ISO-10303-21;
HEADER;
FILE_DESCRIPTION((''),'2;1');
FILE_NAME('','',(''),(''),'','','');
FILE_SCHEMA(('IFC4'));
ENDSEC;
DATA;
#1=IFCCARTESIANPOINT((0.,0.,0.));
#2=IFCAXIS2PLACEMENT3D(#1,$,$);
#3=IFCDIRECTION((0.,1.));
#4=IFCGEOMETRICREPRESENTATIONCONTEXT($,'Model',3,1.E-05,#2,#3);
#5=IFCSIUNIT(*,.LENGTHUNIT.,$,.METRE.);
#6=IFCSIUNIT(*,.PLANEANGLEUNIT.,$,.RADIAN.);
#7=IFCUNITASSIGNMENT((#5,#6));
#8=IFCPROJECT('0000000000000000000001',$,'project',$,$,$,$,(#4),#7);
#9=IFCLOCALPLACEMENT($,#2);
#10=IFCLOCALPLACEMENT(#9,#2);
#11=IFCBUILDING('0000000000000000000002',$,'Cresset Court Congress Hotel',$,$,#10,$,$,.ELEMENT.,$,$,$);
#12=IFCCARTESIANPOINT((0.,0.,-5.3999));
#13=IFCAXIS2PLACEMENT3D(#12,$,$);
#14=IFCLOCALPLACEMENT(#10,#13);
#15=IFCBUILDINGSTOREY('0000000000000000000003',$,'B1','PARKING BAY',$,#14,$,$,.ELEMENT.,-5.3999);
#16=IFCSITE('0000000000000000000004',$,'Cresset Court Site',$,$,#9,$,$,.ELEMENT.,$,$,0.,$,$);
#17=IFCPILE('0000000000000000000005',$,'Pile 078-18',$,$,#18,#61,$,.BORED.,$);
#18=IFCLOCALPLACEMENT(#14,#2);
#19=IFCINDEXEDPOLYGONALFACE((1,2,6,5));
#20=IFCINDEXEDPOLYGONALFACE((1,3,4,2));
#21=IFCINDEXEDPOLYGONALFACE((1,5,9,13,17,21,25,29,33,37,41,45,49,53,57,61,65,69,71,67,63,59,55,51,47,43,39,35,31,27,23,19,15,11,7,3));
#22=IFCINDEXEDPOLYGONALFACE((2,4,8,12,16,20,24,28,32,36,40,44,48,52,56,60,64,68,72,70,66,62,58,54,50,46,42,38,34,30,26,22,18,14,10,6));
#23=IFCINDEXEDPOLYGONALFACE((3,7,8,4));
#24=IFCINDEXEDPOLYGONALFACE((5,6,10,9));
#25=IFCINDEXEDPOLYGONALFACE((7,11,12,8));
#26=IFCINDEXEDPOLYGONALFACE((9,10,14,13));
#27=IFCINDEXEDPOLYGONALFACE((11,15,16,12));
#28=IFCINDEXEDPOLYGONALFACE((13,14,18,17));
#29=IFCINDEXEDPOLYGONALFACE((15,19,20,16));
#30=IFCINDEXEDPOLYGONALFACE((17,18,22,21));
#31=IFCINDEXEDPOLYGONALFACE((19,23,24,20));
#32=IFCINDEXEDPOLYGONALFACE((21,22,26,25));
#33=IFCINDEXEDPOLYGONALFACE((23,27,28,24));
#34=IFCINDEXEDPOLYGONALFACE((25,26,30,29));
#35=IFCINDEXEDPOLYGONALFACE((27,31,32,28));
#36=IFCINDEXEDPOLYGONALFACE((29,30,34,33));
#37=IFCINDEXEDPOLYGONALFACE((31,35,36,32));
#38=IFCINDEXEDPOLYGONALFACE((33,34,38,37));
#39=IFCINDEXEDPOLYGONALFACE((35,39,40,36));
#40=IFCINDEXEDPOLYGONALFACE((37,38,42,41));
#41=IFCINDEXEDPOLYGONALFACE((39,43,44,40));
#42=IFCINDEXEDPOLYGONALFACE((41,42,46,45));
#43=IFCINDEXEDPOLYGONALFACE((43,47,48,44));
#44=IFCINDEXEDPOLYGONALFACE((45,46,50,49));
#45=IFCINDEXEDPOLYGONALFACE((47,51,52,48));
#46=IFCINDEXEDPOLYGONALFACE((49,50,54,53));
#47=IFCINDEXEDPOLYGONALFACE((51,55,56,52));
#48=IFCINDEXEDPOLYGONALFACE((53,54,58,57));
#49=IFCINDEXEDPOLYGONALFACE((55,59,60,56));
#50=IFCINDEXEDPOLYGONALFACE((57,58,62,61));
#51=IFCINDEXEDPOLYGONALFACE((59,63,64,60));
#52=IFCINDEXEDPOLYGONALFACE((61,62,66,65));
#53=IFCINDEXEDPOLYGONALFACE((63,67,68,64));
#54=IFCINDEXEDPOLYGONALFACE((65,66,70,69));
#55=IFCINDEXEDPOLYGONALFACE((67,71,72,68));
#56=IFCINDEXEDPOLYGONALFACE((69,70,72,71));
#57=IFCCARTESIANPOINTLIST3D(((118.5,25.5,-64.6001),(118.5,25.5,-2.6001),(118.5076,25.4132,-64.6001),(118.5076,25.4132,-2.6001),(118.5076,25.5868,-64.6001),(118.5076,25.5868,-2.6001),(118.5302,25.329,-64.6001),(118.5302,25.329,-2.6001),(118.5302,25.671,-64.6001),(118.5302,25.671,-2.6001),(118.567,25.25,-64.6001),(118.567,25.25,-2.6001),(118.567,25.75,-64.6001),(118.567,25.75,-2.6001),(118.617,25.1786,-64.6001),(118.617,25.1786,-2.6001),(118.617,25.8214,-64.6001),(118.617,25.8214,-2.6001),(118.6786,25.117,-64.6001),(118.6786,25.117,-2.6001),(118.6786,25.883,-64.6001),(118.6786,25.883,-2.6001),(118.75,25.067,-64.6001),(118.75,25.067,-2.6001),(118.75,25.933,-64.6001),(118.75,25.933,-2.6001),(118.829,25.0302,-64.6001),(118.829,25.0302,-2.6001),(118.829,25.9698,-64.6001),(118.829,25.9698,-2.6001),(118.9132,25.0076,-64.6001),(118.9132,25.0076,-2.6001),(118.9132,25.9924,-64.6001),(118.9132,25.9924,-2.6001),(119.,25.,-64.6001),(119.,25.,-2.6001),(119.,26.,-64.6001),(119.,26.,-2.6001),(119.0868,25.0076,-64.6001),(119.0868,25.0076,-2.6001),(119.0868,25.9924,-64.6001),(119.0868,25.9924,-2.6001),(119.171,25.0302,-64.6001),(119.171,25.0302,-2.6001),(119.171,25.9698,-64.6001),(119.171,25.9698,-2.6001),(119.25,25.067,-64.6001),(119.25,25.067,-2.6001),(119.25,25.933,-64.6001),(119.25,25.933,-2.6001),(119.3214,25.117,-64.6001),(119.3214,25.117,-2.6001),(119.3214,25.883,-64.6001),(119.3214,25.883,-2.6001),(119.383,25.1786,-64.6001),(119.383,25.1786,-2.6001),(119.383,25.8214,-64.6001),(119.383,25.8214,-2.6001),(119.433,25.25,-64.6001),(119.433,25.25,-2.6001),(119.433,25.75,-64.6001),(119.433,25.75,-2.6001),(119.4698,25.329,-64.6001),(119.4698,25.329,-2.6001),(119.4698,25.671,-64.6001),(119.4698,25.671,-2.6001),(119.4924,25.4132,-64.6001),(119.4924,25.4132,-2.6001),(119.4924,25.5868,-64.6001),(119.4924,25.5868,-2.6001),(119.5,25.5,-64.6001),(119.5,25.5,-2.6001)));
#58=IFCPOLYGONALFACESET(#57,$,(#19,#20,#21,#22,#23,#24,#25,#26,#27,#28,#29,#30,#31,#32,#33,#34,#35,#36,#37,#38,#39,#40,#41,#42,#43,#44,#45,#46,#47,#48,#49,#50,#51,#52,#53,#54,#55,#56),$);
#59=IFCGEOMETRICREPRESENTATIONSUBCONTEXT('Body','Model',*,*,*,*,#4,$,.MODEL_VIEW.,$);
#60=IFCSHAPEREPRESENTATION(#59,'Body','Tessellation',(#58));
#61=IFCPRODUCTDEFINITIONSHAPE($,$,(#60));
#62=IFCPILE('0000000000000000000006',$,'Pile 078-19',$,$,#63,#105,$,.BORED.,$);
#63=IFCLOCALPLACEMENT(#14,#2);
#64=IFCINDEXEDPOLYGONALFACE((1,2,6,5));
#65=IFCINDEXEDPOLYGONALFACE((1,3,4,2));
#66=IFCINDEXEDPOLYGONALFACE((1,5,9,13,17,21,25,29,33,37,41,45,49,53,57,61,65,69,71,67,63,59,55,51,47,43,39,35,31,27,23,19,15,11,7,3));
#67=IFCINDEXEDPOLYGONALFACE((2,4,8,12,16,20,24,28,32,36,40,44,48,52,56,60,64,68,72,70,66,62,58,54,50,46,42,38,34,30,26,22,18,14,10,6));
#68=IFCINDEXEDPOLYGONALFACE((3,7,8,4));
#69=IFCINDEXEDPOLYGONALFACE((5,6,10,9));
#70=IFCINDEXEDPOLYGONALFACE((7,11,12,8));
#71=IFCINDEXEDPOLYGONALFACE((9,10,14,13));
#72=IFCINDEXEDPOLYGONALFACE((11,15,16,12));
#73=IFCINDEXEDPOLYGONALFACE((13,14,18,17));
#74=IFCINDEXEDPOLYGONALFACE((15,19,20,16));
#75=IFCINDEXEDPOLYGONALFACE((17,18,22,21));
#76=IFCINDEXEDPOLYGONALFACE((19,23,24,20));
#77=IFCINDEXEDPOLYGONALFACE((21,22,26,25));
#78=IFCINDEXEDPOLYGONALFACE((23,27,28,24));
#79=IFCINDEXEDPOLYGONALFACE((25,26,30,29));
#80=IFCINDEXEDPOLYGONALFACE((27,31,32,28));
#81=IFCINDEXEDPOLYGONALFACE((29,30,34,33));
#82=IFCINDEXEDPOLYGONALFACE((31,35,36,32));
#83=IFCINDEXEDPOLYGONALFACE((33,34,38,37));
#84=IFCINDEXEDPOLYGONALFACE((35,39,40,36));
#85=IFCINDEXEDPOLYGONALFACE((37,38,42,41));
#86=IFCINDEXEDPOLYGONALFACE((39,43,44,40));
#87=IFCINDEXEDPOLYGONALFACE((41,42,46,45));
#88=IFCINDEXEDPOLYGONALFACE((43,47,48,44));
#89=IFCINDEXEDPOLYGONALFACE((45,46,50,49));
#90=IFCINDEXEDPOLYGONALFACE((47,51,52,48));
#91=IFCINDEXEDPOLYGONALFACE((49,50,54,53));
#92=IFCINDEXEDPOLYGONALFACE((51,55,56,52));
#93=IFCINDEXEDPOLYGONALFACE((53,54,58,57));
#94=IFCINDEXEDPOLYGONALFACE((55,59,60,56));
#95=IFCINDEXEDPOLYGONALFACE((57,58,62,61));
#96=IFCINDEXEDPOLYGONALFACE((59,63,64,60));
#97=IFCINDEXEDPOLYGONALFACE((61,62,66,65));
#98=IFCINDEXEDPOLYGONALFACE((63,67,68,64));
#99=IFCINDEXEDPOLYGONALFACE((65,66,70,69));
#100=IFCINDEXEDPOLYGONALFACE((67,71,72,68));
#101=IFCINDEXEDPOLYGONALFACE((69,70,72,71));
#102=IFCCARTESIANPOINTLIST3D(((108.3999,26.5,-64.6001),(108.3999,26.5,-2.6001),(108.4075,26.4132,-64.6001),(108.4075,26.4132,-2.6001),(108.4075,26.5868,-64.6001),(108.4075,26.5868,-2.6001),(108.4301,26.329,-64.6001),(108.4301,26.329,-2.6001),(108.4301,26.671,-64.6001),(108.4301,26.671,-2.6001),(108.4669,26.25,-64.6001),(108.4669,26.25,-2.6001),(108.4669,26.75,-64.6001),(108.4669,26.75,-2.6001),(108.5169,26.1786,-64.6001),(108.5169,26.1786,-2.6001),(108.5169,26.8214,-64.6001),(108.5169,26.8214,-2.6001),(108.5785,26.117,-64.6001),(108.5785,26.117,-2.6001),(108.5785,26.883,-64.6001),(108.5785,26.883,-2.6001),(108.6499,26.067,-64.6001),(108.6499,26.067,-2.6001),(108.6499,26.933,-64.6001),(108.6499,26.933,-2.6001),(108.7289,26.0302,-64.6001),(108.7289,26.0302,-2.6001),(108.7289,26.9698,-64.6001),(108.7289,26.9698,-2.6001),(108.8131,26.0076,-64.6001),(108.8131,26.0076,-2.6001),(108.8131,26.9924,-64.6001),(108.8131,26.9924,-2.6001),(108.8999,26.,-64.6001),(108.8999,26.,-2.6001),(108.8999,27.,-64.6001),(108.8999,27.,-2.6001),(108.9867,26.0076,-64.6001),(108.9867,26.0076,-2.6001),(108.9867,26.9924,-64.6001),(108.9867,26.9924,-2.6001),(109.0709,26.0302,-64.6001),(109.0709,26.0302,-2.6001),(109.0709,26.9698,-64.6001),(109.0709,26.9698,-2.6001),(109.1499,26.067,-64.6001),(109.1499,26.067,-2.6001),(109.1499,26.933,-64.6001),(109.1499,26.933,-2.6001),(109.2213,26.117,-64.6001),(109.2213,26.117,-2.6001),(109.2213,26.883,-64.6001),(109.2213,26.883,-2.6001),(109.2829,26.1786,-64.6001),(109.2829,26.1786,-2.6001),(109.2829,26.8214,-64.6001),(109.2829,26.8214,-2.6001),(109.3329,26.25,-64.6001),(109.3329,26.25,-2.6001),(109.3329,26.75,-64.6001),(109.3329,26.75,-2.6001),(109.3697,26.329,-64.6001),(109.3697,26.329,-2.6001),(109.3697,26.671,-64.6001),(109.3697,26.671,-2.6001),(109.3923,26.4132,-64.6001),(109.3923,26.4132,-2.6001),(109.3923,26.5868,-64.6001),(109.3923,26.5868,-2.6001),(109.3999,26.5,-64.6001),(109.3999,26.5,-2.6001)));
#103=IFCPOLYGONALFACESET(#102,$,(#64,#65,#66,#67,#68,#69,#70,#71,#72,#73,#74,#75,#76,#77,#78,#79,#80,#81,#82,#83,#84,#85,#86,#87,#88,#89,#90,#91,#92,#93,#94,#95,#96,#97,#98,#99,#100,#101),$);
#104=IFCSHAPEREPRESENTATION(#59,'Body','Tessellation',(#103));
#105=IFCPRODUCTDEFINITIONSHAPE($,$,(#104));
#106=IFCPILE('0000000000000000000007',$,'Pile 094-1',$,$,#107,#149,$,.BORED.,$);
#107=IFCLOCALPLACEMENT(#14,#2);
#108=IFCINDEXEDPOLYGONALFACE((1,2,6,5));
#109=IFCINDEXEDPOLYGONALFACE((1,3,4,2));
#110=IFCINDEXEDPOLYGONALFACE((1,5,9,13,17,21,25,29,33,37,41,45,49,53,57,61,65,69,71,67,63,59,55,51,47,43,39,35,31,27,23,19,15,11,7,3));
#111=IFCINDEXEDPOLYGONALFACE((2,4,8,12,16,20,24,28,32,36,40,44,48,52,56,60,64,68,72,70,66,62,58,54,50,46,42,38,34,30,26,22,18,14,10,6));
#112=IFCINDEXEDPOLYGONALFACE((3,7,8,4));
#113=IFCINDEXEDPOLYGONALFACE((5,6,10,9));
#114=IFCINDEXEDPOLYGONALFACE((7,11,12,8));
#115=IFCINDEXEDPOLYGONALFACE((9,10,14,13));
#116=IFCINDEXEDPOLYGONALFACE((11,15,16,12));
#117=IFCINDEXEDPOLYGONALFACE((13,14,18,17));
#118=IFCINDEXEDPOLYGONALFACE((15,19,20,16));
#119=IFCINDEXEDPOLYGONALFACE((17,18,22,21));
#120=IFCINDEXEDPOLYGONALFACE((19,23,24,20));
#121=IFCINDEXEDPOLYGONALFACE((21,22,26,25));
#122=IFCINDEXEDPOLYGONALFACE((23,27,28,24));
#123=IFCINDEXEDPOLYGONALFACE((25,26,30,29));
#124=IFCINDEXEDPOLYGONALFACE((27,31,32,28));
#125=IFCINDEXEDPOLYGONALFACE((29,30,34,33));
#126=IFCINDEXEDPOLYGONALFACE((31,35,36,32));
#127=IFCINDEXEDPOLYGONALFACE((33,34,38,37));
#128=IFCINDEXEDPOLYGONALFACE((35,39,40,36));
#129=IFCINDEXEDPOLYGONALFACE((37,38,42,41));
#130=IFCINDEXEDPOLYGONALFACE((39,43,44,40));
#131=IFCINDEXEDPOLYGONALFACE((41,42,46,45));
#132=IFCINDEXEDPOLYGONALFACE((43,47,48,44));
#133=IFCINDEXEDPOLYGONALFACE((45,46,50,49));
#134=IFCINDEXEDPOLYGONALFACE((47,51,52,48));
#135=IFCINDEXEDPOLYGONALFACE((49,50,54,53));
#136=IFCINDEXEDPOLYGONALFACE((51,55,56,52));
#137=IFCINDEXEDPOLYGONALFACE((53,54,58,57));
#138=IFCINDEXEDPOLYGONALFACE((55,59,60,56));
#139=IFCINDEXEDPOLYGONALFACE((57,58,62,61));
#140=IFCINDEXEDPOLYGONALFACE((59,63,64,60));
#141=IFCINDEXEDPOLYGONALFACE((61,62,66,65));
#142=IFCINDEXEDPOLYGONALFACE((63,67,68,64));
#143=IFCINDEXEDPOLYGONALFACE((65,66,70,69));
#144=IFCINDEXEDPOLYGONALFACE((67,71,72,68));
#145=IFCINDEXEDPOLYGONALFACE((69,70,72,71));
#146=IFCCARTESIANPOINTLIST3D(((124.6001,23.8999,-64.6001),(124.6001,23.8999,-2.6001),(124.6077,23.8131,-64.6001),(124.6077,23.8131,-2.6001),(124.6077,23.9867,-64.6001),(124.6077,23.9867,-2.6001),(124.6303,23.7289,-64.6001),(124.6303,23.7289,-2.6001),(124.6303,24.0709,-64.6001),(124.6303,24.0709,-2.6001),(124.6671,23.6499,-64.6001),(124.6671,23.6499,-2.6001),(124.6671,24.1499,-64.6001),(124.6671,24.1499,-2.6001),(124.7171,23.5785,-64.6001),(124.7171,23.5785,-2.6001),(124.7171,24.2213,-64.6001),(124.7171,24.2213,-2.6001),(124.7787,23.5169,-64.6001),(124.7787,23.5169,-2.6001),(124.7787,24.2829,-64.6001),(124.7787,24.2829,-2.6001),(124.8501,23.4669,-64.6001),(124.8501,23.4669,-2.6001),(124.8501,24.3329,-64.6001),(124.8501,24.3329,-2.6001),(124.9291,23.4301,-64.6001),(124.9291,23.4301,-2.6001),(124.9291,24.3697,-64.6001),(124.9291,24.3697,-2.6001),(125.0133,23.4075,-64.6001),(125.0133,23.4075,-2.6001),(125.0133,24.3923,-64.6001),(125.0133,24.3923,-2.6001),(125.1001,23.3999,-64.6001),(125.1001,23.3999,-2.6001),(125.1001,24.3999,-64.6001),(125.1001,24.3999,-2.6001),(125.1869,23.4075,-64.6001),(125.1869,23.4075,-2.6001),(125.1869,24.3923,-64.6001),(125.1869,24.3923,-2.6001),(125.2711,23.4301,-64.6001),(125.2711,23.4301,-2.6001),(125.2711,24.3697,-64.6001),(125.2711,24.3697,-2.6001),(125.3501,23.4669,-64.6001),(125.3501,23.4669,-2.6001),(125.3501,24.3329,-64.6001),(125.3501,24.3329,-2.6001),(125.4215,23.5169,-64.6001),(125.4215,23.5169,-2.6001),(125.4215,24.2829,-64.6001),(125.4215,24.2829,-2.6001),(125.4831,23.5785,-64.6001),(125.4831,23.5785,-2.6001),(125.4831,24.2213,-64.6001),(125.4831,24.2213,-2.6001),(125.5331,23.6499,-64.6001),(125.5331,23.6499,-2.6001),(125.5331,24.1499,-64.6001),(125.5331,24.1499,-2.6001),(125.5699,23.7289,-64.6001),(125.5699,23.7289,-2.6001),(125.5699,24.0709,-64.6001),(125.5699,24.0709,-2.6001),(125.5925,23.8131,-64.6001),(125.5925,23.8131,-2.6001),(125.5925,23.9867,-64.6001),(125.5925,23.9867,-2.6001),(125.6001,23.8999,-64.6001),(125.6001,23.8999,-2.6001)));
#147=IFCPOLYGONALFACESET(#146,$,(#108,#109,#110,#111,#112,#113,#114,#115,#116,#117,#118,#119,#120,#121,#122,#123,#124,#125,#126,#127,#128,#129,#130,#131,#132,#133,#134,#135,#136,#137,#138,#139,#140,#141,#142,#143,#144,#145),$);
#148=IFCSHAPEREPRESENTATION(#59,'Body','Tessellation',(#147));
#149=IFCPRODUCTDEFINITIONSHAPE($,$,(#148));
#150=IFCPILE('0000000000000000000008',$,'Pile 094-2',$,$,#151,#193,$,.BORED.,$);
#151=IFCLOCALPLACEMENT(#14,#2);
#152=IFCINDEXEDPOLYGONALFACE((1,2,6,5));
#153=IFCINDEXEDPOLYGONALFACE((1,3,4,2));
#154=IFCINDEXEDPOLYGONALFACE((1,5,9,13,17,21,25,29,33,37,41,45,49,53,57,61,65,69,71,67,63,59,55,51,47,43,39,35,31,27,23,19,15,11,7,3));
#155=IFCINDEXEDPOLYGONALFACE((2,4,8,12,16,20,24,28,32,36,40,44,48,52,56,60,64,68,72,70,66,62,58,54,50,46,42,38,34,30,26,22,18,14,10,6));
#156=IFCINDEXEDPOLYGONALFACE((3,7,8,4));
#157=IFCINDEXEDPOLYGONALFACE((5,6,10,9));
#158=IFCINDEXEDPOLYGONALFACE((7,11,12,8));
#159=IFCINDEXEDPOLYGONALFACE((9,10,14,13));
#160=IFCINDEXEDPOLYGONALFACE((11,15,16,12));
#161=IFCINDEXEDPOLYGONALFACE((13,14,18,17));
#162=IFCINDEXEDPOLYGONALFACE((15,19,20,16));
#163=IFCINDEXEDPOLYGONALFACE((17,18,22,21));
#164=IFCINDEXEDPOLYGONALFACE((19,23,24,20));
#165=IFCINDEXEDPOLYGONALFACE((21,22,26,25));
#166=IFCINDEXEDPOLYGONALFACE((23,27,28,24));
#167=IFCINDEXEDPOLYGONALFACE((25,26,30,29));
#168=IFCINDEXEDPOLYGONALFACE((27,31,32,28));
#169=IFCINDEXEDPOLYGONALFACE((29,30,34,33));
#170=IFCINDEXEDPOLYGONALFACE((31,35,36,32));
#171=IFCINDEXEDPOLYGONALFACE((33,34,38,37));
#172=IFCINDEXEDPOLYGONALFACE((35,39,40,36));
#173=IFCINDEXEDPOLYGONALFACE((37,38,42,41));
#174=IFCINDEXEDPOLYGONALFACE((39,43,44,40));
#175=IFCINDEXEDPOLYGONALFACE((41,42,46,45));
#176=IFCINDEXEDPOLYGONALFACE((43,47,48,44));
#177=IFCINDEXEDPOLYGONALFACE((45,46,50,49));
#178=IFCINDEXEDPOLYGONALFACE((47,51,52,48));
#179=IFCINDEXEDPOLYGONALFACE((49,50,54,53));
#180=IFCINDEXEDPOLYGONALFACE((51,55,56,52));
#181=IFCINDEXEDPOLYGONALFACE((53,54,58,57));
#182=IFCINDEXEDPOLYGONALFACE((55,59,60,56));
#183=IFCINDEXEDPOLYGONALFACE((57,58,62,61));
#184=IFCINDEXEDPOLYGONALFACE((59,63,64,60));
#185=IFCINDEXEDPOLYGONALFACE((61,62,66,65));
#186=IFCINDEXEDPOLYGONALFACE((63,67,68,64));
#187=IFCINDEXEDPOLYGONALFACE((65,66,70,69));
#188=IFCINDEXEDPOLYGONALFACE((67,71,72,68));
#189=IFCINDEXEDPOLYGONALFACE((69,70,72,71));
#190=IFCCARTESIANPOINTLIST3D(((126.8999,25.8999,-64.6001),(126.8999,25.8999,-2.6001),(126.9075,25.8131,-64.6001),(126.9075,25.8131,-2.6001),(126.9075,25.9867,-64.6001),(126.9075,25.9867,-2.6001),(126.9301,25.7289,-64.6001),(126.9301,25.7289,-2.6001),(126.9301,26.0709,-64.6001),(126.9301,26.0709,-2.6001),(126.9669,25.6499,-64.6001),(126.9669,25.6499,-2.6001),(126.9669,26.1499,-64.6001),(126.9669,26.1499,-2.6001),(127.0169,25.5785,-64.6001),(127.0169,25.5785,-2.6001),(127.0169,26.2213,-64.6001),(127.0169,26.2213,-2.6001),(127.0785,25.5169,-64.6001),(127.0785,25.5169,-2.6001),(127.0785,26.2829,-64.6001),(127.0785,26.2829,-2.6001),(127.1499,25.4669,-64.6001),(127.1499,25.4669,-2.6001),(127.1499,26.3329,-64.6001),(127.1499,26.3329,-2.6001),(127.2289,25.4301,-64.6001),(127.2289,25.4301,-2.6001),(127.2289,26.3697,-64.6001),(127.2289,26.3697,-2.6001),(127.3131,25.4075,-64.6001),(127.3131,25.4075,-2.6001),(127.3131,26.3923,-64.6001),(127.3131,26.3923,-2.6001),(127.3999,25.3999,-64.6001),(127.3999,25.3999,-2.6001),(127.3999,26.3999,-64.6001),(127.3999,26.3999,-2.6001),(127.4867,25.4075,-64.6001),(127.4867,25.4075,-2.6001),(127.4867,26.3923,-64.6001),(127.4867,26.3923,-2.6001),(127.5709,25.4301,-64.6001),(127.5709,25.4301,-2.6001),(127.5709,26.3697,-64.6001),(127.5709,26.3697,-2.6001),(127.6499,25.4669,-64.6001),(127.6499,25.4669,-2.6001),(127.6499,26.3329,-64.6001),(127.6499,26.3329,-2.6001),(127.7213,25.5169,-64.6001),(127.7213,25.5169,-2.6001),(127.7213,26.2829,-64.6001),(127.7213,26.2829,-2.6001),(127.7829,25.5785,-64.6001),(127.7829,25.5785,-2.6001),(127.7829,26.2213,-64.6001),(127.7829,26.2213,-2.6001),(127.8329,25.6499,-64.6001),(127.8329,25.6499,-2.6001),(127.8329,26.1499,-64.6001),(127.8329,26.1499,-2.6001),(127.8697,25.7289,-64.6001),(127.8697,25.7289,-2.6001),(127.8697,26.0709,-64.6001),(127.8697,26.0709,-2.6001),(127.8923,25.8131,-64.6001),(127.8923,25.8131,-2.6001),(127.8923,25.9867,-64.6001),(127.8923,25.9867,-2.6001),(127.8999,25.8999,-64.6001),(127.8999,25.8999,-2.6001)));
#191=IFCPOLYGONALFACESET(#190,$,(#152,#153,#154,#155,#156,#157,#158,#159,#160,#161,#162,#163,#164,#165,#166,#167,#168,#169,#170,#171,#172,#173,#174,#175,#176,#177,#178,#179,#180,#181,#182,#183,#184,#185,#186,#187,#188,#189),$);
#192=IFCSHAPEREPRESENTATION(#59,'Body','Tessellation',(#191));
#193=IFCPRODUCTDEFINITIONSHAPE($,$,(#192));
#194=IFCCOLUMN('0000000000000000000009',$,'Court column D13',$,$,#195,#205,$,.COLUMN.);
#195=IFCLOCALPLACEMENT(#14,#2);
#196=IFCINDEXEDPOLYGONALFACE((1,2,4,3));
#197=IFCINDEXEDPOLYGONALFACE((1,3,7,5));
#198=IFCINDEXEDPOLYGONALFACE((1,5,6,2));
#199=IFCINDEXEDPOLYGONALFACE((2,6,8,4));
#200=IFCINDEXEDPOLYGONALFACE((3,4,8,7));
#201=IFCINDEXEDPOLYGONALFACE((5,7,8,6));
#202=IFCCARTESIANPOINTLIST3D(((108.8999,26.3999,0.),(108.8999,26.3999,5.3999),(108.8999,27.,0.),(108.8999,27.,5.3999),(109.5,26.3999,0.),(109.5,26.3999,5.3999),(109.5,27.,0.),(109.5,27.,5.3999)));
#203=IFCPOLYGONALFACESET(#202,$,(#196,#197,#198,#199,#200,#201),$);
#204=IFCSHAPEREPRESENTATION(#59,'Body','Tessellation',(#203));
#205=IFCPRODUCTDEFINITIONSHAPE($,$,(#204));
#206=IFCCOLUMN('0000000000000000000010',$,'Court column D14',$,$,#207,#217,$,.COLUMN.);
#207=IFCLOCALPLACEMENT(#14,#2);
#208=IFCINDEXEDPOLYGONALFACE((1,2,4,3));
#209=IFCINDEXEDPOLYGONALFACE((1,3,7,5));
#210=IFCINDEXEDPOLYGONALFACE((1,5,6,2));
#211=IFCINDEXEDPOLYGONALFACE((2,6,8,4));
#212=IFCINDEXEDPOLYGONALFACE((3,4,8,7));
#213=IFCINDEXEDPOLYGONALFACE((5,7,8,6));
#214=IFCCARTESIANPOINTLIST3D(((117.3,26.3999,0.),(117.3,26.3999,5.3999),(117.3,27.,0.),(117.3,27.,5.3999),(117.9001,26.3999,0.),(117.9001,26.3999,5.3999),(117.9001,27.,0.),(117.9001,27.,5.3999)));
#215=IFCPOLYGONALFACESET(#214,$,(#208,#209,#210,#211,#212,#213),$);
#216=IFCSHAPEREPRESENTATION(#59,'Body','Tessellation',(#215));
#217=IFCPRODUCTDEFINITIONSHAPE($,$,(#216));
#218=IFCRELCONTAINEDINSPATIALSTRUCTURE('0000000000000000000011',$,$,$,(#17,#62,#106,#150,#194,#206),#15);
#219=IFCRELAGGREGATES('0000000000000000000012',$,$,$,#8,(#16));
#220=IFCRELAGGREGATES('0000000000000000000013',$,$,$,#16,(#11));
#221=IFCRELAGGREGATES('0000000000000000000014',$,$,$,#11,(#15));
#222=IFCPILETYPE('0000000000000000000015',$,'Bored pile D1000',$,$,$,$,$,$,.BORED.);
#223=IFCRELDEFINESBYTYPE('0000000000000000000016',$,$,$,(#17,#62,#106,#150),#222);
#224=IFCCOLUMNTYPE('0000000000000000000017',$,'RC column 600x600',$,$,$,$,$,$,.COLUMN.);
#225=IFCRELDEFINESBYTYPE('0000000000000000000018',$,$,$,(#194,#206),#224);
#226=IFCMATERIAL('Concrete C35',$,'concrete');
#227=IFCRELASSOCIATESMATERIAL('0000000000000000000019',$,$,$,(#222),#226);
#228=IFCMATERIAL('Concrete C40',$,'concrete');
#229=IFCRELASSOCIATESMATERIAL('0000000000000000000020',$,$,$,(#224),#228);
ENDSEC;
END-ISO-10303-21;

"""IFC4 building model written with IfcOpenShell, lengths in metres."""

from ifc_helpers import new_model, si_unit, direction, frame, origin, origin_2d, place, context, subcontext, project, spatial, rectangle, circle, extrude, material, material_profile, profile_set, type_object, element, save


model = new_model("IFC4")

# Units and contexts
model_context = context("Model", 3, precision=1e-05, world=origin(), true_north=direction((0.0, 1.0)))
body_context = subcontext(model_context, "Body", "Model", "MODEL_VIEW")
ifc_project = project(units=[si_unit("LENGTHUNIT", "METRE"), si_unit("PLANEANGLEUNIT", "RADIAN")], contexts=[model_context])

# Site, building, storey
site_placement = place(None, origin())
site = spatial("IfcSite", under=ifc_project, at=site_placement, Name="Cresset Court Site", CompositionType="ELEMENT", RefElevation=0.0)
building_placement = place(site_placement, origin())
building = spatial("IfcBuilding", under=site, at=building_placement, Name="Cresset Court Congress Hotel", CompositionType="ELEMENT")
storey_placement = place(building_placement, frame((0.0, 0.0, -5.3999)))
storey = spatial("IfcBuildingStorey", under=building, at=storey_placement, Name="B1", Description="PARKING BAY", CompositionType="ELEMENT", Elevation=-5.3999)

# Piles
ifc_material_1 = material(Name="Concrete C35", Category="concrete")
pile_type = type_object("IfcPileType", Name="Bored pile D1000", PredefinedType="BORED", material=ifc_material_1)
for number, where, z_axis, x_axis, name in (
    (1, (119.0, 25.5, -2.6001), (0.0, 0.0, -1.0), (1.0, 0.0, 0.0), "Pile 078-18"),
    (2, (108.8999, 26.5, -2.6001), (0.0, 0.0, -1.0), (1.0, 0.0, 0.0), "Pile 078-19"),
    (3, (125.1001, 23.8999, -2.6001), (0.0, 0.0, -1.0), (1.0, 0.0, 0.0), "Pile 094-1"),
    (4, (127.3999, 25.8999, -2.6001), (0.0, 0.0, -1.0), (1.0, 0.0, 0.0), "Pile 094-2"),
):
    element("IfcPile", number, at=place(storey_placement, frame(where, z_axis=z_axis, x_axis=x_axis)), inside=storey, type_object=pile_type, Name=name, PredefinedType="BORED", context=body_context, shape_type="SweptSolid", body=[
        extrude(circle(Radius=0.5, at=origin_2d()), origin(), (0.0, 0.0, 1.0), 62.0),
    ])

# Columns
ifc_material_2 = material(Name="Concrete C40", Category="concrete")
ifc_material_profile_1 = material_profile(ifc_material_2, rectangle(XDim=0.6001, YDim=0.6001, at=origin_2d()), Name="RC600x600")
ifc_profile_set_1 = profile_set([ifc_material_profile_1], Name="Concrete C40")
column_type_1 = type_object("IfcColumnType", Name="RC column 600x600", PredefinedType="COLUMN", material=ifc_profile_set_1)
for number, where, z_axis, x_axis, name in (
    (5, (109.2, 26.7, 0.0), (0.0, 0.0, 1.0), (1.0, 0.0, 0.0), "Court column D13"),
    (6, (117.6001, 26.7, 0.0), (0.0, 0.0, 1.0), (1.0, 0.0, 0.0), "Court column D14"),
):
    element("IfcColumn", number, at=place(storey_placement, frame(where, z_axis=z_axis, x_axis=x_axis)), inside=storey, type_object=column_type_1, Name=name, PredefinedType="COLUMN", context=body_context, shape_type="SweptSolid", body=[
        extrude(rectangle(XDim=0.6001, YDim=0.6001, at=origin_2d()), origin(), (0.0, 0.0, 1.0), 5.3999),
    ])

save(model, "model.ifc")
